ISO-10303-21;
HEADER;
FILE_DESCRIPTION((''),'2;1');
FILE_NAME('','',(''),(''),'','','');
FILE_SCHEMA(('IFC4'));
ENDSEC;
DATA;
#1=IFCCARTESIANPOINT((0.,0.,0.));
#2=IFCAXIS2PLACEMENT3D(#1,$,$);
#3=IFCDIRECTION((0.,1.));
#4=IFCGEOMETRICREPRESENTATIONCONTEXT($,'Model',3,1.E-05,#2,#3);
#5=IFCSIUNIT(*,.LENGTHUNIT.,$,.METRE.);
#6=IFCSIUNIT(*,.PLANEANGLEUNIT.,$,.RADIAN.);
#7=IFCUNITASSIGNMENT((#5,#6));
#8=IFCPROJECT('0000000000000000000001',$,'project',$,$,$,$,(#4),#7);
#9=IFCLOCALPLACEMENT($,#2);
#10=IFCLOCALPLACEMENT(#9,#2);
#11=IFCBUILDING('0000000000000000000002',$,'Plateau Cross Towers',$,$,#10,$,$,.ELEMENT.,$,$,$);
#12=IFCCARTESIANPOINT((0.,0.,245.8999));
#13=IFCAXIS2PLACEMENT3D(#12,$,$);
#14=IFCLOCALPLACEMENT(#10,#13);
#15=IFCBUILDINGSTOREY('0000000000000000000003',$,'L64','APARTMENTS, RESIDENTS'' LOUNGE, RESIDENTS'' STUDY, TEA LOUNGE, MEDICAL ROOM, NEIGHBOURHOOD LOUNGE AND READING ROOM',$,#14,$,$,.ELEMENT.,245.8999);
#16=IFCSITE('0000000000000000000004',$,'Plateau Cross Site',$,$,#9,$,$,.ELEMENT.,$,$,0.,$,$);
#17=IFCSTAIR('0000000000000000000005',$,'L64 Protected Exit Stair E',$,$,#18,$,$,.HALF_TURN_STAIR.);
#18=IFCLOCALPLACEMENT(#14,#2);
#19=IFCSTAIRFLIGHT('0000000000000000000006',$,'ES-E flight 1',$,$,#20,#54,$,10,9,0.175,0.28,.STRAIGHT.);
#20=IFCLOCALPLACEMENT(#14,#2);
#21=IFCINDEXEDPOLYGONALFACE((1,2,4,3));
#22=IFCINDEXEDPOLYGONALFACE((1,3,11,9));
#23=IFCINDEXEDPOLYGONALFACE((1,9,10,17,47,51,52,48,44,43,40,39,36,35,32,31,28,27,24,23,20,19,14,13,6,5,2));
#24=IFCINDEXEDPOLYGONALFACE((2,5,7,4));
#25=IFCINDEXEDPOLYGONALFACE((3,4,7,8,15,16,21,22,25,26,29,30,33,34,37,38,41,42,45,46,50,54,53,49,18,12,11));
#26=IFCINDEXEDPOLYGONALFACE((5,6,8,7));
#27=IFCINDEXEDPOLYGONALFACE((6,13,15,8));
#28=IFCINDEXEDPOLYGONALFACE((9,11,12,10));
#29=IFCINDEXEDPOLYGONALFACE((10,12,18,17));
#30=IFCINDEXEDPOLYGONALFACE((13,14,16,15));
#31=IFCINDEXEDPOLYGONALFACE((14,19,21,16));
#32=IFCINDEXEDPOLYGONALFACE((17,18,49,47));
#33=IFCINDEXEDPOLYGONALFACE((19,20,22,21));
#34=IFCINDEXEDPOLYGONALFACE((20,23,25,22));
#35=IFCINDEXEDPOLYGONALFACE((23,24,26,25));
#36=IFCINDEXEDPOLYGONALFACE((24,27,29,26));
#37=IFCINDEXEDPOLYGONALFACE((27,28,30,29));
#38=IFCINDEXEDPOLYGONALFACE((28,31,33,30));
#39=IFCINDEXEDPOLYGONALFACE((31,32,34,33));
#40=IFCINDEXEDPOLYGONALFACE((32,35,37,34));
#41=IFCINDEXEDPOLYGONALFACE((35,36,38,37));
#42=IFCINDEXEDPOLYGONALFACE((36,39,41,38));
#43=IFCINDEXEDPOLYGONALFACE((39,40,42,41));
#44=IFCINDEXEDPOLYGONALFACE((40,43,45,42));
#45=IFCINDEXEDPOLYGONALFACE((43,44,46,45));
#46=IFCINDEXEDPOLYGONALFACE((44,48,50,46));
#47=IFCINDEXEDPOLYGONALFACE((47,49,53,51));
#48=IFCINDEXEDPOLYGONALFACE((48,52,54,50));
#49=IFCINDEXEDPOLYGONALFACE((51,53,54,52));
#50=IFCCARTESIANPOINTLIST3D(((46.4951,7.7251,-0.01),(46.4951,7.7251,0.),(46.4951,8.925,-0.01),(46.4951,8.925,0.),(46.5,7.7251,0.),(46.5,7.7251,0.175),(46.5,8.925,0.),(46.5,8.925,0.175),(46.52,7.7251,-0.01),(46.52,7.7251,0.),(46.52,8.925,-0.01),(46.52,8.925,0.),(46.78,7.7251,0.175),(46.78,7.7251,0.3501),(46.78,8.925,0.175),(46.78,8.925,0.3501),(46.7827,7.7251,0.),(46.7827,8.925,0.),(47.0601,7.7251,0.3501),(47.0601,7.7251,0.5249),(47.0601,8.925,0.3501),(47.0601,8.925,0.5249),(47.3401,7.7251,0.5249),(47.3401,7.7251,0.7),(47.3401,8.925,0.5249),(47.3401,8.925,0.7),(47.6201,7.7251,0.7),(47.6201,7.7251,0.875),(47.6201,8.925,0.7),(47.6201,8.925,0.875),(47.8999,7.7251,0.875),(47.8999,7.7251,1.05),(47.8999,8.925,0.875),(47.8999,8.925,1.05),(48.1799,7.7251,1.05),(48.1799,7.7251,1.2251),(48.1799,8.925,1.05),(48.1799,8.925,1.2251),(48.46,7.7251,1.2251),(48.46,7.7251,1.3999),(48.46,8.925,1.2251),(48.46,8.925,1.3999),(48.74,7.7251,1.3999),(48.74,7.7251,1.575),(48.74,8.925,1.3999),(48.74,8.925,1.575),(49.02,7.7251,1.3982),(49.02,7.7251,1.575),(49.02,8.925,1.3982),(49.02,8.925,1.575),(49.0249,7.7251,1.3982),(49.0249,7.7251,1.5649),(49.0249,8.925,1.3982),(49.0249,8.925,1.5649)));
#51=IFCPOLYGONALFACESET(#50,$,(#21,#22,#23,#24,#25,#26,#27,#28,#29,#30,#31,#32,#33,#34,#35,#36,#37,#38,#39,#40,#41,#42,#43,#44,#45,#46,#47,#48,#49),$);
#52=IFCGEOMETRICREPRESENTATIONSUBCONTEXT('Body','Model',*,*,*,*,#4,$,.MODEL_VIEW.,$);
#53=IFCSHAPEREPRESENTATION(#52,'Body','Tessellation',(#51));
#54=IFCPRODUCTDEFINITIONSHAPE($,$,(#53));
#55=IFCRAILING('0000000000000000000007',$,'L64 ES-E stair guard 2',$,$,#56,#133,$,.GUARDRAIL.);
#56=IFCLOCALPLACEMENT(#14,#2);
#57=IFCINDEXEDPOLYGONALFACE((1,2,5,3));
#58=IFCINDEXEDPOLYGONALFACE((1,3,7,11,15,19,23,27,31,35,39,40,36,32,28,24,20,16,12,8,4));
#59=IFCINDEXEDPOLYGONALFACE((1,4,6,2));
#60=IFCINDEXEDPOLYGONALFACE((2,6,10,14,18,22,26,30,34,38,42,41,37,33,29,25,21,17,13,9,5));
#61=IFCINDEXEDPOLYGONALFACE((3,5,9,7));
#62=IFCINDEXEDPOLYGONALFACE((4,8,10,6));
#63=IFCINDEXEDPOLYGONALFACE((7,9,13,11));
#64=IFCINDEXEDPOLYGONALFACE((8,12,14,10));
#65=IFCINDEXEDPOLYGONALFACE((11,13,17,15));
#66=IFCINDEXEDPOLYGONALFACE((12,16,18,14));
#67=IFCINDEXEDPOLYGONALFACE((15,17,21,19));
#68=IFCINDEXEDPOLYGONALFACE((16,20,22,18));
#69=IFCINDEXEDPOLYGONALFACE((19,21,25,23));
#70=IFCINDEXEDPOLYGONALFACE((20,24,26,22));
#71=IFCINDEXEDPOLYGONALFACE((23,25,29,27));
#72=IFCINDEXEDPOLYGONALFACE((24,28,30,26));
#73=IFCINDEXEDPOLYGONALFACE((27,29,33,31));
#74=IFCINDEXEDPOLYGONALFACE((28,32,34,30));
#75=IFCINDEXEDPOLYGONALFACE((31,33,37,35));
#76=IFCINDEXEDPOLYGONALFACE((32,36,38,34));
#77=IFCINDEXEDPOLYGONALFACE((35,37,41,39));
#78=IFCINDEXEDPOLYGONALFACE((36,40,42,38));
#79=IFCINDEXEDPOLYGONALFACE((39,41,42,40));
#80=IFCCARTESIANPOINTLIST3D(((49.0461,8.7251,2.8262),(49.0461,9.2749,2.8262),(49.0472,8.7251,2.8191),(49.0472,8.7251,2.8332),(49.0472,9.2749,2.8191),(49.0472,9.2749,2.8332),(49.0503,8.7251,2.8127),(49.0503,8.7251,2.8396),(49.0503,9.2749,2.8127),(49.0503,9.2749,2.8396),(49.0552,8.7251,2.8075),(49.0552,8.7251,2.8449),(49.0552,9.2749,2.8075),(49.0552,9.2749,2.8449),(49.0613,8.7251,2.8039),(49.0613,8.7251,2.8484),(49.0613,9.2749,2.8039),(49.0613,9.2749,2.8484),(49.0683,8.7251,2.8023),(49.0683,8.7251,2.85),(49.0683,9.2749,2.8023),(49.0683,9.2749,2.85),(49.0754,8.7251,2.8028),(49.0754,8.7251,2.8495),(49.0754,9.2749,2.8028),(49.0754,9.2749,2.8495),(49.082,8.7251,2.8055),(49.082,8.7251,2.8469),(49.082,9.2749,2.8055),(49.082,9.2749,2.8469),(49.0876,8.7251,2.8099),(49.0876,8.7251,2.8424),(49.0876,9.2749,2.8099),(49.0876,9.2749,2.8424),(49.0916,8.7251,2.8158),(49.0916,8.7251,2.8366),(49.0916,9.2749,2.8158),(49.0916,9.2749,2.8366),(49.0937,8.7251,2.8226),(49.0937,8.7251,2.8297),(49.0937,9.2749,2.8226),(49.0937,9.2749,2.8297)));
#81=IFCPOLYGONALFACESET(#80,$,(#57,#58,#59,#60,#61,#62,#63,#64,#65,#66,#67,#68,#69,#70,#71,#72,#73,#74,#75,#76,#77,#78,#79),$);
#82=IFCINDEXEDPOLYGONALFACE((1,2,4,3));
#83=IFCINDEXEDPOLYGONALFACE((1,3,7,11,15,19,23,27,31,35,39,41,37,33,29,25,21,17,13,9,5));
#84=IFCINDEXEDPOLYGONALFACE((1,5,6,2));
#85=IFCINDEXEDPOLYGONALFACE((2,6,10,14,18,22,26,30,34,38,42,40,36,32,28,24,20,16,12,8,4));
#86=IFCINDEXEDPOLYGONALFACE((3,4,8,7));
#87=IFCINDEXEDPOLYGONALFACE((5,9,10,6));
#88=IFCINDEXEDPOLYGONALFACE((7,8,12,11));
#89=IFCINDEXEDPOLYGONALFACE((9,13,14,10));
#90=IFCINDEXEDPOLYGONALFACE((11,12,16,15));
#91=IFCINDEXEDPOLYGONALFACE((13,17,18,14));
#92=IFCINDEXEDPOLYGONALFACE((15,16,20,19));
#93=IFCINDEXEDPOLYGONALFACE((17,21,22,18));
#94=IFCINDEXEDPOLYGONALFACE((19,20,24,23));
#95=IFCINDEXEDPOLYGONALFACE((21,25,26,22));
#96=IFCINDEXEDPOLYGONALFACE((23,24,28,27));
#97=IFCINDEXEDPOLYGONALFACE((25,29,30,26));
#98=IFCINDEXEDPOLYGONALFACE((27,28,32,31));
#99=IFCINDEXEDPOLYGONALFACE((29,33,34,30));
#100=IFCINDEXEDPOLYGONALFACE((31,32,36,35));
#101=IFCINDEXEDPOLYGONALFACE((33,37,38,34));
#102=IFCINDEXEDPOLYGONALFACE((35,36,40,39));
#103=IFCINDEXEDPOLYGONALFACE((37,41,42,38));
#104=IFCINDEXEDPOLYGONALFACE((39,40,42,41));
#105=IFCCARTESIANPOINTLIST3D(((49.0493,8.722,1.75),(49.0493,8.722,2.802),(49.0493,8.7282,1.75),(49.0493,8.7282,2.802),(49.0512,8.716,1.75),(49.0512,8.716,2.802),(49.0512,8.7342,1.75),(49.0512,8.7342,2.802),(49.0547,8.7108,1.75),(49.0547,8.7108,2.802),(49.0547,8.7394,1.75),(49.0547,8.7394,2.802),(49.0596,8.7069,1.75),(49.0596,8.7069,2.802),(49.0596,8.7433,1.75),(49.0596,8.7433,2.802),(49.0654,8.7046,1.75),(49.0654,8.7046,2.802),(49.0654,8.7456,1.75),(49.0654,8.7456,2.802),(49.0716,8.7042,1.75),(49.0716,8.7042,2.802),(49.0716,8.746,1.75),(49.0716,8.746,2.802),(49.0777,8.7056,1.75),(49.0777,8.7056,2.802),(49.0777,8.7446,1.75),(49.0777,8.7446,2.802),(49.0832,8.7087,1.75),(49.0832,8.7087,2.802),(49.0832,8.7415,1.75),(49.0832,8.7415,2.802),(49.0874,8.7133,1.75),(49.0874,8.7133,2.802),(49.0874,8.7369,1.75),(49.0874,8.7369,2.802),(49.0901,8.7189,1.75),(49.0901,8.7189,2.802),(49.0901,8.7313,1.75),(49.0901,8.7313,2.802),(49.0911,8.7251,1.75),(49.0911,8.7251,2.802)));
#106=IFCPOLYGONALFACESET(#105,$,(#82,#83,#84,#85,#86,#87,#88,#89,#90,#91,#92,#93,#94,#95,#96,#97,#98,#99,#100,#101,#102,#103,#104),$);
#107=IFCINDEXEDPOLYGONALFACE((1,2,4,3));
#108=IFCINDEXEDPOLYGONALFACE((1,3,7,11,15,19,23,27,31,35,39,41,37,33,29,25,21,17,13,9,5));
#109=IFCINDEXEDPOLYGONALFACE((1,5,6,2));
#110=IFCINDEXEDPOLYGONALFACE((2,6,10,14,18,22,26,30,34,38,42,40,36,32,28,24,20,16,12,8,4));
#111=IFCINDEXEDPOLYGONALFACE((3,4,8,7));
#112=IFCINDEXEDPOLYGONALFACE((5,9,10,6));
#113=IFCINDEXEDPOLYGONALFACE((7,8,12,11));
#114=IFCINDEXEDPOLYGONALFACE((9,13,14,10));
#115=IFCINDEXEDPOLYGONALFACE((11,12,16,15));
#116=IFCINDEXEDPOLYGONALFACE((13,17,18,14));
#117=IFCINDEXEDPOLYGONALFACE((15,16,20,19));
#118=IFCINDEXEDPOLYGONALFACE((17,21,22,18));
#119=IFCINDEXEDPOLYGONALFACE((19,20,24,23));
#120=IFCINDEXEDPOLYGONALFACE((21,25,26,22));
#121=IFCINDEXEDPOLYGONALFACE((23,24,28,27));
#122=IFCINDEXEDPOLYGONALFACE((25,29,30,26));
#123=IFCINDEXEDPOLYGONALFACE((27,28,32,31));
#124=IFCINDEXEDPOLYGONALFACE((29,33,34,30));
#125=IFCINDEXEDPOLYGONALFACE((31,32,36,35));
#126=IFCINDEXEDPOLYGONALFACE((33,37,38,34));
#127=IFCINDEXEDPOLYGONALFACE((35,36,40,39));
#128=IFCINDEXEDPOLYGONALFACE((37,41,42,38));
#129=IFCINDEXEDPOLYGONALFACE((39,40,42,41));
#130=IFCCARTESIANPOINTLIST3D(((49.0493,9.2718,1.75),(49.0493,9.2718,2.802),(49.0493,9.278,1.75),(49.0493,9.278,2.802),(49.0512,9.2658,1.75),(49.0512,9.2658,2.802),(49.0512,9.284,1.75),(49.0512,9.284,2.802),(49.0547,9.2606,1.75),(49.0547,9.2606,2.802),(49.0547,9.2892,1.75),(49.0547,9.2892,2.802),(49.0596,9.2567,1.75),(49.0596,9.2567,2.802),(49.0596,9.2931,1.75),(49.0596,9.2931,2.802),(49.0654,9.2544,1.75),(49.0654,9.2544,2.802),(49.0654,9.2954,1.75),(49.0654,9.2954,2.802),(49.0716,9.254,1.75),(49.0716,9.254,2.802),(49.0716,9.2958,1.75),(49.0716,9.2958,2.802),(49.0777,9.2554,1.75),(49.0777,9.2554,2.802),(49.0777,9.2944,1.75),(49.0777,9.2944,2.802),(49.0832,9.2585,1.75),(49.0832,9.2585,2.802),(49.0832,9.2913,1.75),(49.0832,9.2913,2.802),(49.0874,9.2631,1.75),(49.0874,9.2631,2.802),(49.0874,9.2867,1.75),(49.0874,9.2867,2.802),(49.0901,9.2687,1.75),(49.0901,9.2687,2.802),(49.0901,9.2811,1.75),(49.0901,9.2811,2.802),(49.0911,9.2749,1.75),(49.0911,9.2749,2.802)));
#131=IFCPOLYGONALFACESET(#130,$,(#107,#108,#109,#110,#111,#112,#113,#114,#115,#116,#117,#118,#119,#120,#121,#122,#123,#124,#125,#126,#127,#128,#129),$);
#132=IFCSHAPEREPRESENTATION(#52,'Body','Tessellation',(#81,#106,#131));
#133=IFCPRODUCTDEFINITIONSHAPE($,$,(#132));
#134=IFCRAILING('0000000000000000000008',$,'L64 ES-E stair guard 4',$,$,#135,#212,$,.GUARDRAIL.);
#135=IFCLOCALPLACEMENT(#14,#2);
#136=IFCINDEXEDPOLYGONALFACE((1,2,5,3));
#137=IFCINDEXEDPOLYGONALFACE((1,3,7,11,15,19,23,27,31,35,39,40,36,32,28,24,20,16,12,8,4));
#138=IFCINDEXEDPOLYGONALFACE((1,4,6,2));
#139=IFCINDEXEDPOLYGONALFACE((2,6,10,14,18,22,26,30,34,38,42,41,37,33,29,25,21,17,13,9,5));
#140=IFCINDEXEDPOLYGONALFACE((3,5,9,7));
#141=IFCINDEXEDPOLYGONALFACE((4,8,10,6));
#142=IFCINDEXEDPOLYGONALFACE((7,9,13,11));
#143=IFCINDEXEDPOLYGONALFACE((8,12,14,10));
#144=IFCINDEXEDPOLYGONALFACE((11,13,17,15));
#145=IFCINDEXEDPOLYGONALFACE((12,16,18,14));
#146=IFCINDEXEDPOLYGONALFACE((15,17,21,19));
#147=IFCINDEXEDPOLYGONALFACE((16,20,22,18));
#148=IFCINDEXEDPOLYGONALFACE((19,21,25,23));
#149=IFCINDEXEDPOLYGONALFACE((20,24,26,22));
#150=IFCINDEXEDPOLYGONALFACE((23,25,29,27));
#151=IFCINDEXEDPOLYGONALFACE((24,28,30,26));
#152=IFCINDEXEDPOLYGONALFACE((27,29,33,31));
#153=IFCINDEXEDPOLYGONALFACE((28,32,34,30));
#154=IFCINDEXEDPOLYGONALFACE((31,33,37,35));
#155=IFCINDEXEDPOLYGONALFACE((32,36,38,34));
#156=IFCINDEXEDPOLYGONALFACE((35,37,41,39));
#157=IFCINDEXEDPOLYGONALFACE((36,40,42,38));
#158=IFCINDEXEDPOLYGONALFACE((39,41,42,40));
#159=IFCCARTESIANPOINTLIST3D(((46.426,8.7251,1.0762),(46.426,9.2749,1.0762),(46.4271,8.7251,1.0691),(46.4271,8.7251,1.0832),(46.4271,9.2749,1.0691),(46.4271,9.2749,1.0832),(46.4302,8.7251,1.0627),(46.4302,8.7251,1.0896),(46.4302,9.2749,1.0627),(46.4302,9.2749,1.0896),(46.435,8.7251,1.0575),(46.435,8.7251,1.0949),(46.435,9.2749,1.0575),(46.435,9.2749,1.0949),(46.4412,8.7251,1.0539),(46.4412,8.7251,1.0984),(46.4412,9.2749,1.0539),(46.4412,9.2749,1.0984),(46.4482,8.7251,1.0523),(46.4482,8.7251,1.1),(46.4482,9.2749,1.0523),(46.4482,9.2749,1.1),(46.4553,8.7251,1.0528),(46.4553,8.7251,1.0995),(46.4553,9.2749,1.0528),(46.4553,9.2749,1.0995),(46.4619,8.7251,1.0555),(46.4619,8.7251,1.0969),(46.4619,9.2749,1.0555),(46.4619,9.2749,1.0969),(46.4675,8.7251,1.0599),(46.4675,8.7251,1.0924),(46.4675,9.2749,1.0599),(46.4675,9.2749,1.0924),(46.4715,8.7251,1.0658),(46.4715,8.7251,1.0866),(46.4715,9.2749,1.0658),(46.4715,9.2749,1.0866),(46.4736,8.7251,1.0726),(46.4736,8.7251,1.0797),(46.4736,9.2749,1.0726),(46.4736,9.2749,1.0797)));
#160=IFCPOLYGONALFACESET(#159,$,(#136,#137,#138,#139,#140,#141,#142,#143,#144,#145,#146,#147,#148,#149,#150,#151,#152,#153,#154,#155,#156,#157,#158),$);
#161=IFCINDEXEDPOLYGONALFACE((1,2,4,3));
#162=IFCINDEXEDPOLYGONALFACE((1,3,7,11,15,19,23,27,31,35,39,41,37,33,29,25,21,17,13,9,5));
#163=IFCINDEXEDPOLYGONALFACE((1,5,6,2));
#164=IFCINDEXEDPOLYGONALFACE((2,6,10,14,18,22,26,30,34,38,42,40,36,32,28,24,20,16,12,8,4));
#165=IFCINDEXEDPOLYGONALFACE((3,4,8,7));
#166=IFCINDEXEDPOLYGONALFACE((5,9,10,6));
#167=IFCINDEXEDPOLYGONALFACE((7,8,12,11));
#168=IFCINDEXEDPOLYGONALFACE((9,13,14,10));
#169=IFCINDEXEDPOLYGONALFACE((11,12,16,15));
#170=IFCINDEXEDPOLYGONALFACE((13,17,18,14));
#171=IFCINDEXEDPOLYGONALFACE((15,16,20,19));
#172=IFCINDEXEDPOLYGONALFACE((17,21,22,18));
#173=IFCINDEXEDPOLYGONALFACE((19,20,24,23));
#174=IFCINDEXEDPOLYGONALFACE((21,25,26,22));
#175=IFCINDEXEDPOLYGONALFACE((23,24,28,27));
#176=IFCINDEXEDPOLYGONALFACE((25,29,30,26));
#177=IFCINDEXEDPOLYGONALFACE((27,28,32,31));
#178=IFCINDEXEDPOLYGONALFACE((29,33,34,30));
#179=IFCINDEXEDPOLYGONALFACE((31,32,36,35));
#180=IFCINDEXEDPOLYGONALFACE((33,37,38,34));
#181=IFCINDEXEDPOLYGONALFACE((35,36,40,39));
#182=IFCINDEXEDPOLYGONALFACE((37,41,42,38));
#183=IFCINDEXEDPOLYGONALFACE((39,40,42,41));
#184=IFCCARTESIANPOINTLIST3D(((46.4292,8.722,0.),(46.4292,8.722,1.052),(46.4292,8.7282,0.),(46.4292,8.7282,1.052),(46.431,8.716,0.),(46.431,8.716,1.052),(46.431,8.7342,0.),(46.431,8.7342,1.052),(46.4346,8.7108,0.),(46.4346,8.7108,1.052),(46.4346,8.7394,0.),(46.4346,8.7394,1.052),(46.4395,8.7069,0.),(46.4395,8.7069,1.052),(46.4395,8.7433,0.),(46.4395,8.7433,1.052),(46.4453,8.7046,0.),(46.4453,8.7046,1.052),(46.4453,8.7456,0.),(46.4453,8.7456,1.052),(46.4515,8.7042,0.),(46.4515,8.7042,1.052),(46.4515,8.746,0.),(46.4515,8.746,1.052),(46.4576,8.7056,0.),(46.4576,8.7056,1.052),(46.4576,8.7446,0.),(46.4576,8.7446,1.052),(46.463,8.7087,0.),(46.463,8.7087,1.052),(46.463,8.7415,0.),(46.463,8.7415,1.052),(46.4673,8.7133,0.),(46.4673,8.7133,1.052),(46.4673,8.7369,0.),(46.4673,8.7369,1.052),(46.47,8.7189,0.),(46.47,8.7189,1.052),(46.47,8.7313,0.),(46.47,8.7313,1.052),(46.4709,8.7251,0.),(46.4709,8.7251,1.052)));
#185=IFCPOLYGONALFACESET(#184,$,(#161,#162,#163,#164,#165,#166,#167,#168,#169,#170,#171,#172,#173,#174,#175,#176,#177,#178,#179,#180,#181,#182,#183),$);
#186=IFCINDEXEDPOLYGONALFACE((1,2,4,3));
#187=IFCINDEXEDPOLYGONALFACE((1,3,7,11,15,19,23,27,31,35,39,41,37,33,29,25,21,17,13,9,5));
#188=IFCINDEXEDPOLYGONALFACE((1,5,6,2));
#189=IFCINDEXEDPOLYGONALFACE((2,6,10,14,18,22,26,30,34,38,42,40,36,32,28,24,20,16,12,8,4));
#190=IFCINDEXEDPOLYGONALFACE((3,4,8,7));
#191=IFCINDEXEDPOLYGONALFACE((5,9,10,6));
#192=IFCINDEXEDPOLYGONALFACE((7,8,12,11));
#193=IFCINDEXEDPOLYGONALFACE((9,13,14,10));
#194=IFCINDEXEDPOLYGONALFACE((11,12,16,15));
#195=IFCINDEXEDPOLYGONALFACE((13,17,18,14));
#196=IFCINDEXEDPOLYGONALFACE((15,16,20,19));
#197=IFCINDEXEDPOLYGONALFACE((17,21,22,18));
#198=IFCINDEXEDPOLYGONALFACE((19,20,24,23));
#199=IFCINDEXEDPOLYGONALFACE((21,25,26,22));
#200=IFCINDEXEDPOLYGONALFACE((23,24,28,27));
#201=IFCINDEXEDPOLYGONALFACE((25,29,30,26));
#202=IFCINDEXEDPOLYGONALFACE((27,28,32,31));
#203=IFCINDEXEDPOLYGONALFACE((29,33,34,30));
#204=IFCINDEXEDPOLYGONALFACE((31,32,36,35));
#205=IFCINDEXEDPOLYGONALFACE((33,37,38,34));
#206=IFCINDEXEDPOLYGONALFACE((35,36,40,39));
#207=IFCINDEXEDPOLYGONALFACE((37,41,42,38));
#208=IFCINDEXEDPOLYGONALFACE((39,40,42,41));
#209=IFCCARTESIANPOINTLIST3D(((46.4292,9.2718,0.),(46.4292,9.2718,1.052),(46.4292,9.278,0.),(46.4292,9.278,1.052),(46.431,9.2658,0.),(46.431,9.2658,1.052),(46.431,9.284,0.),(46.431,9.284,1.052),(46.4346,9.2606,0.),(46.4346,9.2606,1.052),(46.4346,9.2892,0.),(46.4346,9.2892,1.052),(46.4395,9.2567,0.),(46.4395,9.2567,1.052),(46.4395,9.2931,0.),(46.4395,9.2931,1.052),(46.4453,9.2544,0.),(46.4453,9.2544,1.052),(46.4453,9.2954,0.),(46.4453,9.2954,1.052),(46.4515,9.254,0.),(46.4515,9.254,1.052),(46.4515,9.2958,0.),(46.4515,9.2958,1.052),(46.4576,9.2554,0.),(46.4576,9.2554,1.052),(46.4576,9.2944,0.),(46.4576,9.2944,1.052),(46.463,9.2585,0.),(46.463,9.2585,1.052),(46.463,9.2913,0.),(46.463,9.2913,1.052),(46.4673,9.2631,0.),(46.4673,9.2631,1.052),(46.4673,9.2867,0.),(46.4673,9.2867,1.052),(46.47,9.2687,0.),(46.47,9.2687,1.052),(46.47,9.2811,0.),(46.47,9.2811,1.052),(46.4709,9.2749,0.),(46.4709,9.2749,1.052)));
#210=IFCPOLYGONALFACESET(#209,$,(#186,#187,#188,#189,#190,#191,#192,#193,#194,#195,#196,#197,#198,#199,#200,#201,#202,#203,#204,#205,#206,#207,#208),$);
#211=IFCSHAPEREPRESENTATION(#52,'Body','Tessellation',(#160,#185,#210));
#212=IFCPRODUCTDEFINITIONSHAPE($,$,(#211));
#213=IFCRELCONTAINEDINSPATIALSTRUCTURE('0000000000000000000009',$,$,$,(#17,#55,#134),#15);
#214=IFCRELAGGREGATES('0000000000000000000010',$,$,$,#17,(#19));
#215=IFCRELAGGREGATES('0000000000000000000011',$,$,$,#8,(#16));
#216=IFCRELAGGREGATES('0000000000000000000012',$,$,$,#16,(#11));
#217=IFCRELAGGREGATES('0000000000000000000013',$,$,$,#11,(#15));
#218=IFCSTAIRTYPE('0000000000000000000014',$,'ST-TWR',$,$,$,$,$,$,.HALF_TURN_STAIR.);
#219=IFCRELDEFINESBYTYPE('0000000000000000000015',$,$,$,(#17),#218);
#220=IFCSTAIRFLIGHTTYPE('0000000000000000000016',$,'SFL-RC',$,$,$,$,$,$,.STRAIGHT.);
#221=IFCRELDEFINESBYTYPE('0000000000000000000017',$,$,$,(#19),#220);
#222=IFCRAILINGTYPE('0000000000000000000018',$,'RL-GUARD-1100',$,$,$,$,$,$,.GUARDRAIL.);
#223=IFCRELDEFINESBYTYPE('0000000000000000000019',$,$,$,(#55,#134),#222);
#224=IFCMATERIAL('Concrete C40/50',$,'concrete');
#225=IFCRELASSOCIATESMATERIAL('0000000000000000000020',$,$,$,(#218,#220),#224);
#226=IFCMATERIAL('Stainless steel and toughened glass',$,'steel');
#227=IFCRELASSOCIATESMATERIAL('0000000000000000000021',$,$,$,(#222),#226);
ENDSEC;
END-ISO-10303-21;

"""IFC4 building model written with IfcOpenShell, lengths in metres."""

from ifc_helpers import new_model, si_unit, direction, frame, origin, origin_2d, place, context, subcontext, project, spatial, polyline, circle, outline, extrude, material, type_object, element, aggregate, save


model = new_model("IFC4")

# Units and contexts
model_context = context("Model", 3, precision=1e-05, world=origin(), true_north=direction((0.0, 1.0)))
body_context = subcontext(model_context, "Body", "Model", "MODEL_VIEW")
ifc_project = project(units=[si_unit("LENGTHUNIT", "METRE"), si_unit("PLANEANGLEUNIT", "RADIAN")], contexts=[model_context])

# Site, building, storey
site_placement = place(None, origin())
site = spatial("IfcSite", under=ifc_project, at=site_placement, Name="Plateau Cross Site", CompositionType="ELEMENT", RefElevation=0.0)
building_placement = place(site_placement, origin())
building = spatial("IfcBuilding", under=site, at=building_placement, Name="Plateau Cross Towers", CompositionType="ELEMENT")
storey_placement = place(building_placement, frame((0.0, 0.0, 245.8999)))
storey = spatial("IfcBuildingStorey", under=building, at=storey_placement, Name="L64", Description="APARTMENTS, RESIDENTS' LOUNGE, RESIDENTS' STUDY, TEA LOUNGE, MEDICAL ROOM, NEIGHBOURHOOD LOUNGE AND READING ROOM", CompositionType="ELEMENT", Elevation=245.8999)

# Stair, stair flight
ifc_material_1 = material(Name="Concrete C40/50", Category="concrete")
stair_type = type_object("IfcStairType", Name="ST-TWR", PredefinedType="HALF_TURN_STAIR", material=ifc_material_1)
stair_placement = place(storey_placement, origin())
stair = element("IfcStair", 1, at=stair_placement, inside=storey, type_object=stair_type, Name="L64 Protected Exit Stair E", PredefinedType="HALF_TURN_STAIR")
stair_flight_type = type_object("IfcStairFlightType", Name="SFL-RC", PredefinedType="STRAIGHT", material=ifc_material_1)
stair_flight_placement = place(storey_placement, frame((46.5, 8.325, 0.0), z_axis=(0.0, 0.0, 1.0), x_axis=(1.0, 0.0, 0.0)))
stair_flight = element("IfcStairFlight", 2, at=stair_flight_placement, type_object=stair_flight_type, Name="ES-E flight 1", NumberOfRisers=10, NumberOfTreads=9, PredefinedType="STRAIGHT", RiserHeight=0.175, TreadLength=0.28, context=body_context, shape_type="SweptSolid", body=[
    extrude(outline(polyline([(-0.0049, -0.01), (-0.0049, 0.0), (0.0, 0.0), (0.0, 0.175), (0.28, 0.175), (0.28, 0.3501), (0.5601, 0.3501), (0.5601, 0.5249), (0.8401, 0.5249), (0.8401, 0.7), (1.1201, 0.7), (1.1201, 0.875), (1.3999, 0.875), (1.3999, 1.05), (1.6799, 1.05), (1.6799, 1.2251), (1.96, 1.2251), (1.96, 1.3999), (2.24, 1.3999), (2.24, 1.575), (2.52, 1.575), (2.5249, 1.5649), (2.5249, 1.3982), (2.52, 1.3982), (0.2827, 0.0), (0.02, 0.0), (0.02, -0.01), (-0.0049, -0.01)])), frame((0.0, 0.6001, 0.0), z_axis=(0.0, -1.0, 0.0), x_axis=(1.0, 0.0, 0.0)), (0.0, 0.0, 1.0), 1.2),
])
aggregate(stair, [stair_flight])

# Railings
ifc_material_2 = material(Name="Stainless steel and toughened glass", Category="steel")
railing_type_1 = type_object("IfcRailingType", Name="RL-GUARD-1100", PredefinedType="GUARDRAIL", material=ifc_material_2)
for number, where, name in (
    (3, (49.0701, 8.7251, 1.75), "L64 ES-E stair guard 2"),
    (4, (46.45, 8.7251, 0.0), "L64 ES-E stair guard 4"),
):
    element("IfcRailing", number, at=place(storey_placement, frame(where)), inside=storey, type_object=railing_type_1, Name=name, PredefinedType="GUARDRAIL", context=body_context, shape_type="SweptSolid", body=[
        extrude(circle(Radius=0.0239, at=origin_2d()), frame((0.0, 0.0, 1.0762), z_axis=(0.0, 1.0, 0.0), x_axis=(-1.0, 0.0, 0.0)), (0.0, 0.0, 1.0), 0.5498),
        extrude(circle(Radius=0.021, at=origin_2d()), origin(), (0.0, 0.0, 1.0), 1.052),
        extrude(circle(Radius=0.021, at=origin_2d()), frame((0.0, 0.5498, 0.0)), (0.0, 0.0, 1.0), 1.052),
    ])

save(model, "model.ifc")
